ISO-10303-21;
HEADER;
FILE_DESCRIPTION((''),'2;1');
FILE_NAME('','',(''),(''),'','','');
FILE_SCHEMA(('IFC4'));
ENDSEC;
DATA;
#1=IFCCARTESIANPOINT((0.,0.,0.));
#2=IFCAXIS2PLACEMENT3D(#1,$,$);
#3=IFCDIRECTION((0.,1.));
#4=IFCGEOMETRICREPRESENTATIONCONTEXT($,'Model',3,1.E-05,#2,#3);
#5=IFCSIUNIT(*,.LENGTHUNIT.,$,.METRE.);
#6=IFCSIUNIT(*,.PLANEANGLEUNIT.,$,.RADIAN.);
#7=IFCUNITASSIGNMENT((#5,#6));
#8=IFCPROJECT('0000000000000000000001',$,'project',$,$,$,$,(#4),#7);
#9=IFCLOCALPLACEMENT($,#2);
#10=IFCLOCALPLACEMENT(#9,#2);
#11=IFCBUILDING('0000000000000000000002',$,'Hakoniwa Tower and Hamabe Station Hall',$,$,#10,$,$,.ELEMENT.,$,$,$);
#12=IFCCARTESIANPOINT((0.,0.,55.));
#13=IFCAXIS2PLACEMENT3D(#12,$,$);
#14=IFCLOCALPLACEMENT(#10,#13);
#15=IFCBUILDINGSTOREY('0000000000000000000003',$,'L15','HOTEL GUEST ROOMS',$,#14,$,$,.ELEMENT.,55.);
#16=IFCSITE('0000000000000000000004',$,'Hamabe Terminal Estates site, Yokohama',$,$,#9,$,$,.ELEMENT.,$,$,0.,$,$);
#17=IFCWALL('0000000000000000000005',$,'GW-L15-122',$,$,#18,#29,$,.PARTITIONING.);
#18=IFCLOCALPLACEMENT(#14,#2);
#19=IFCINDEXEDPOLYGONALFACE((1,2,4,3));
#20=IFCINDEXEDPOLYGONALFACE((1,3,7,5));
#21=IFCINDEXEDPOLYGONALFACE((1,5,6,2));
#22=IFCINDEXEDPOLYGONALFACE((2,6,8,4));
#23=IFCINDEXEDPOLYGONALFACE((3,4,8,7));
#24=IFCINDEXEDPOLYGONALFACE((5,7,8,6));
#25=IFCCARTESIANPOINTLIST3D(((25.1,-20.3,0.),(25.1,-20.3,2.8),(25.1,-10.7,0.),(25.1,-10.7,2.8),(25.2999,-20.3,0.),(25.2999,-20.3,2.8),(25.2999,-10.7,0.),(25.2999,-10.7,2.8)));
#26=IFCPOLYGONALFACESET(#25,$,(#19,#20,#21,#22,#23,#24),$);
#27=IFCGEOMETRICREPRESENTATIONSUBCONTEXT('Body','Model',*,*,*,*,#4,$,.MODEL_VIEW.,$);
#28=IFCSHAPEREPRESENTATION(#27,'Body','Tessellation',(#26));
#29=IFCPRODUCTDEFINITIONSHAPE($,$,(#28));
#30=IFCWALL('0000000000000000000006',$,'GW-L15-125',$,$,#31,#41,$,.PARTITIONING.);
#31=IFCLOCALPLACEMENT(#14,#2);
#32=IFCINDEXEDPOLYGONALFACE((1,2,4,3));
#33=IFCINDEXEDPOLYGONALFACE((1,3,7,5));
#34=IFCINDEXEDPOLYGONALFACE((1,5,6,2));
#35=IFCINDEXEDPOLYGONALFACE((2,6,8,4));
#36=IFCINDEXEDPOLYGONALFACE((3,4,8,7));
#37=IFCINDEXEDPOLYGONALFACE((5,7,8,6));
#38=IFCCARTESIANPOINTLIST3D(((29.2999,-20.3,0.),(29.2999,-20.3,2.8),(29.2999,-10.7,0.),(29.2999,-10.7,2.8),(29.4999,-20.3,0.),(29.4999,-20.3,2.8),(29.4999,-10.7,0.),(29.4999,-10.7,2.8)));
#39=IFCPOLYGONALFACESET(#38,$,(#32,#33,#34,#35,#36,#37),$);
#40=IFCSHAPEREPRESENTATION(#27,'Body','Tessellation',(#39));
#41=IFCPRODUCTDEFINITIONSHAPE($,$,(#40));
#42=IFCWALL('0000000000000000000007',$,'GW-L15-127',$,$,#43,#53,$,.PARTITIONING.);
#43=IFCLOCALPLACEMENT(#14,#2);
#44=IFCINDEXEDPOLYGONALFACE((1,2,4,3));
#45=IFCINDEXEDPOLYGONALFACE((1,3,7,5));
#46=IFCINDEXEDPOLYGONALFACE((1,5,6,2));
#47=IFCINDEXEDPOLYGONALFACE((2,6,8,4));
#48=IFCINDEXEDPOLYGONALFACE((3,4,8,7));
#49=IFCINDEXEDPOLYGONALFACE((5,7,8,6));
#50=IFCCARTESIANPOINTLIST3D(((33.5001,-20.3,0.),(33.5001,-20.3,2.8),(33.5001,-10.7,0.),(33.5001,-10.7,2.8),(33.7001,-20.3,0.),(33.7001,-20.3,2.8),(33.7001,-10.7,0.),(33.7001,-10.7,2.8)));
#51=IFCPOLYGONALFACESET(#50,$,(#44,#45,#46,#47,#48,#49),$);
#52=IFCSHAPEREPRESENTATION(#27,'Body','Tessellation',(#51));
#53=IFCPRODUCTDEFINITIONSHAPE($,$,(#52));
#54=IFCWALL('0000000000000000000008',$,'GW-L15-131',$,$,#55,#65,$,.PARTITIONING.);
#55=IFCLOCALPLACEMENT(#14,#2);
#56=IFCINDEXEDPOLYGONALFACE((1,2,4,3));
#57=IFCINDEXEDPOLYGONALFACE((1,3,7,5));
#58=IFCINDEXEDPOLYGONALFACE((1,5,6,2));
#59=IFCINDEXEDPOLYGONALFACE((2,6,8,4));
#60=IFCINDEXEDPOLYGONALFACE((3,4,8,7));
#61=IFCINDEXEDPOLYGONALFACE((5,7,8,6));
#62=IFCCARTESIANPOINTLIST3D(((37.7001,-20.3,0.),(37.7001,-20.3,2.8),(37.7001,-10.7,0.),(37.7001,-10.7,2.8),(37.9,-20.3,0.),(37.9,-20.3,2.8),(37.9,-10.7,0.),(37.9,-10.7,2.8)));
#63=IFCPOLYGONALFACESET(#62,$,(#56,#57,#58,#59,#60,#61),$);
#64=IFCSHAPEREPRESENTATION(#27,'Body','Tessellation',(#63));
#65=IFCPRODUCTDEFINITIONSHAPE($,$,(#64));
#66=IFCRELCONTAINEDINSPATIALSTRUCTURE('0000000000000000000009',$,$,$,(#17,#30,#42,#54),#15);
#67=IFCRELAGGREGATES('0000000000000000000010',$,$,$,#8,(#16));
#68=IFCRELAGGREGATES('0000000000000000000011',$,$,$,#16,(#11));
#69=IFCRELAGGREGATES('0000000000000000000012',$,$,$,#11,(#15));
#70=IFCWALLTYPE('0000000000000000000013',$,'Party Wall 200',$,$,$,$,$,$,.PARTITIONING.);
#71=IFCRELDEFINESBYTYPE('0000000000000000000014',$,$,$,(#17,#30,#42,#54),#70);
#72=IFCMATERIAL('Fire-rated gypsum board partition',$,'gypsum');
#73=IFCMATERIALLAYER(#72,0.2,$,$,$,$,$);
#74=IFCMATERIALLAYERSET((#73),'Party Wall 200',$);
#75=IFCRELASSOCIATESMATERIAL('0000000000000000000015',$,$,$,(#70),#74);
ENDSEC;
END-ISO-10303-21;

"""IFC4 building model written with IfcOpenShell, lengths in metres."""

from ifc_helpers import new_model, si_unit, direction, frame, frame_2d, origin, place, context, subcontext, project, spatial, rectangle, extrude, material, layer, layer_set, type_object, element, save


model = new_model("IFC4")

# Units and contexts
model_context = context("Model", 3, precision=1e-05, world=origin(), true_north=direction((0.0, 1.0)))
body_context = subcontext(model_context, "Body", "Model", "MODEL_VIEW")
ifc_project = project(units=[si_unit("LENGTHUNIT", "METRE"), si_unit("PLANEANGLEUNIT", "RADIAN")], contexts=[model_context])

# Site, building, storey
site_placement = place(None, origin())
site = spatial("IfcSite", under=ifc_project, at=site_placement, Name="Hamabe Terminal Estates site, Yokohama", CompositionType="ELEMENT", RefElevation=0.0)
building_placement = place(site_placement, origin())
building = spatial("IfcBuilding", under=site, at=building_placement, Name="Hakoniwa Tower and Hamabe Station Hall", CompositionType="ELEMENT")
storey_placement = place(building_placement, frame((0.0, 0.0, 55.0)))
storey = spatial("IfcBuildingStorey", under=building, at=storey_placement, Name="L15", Description="HOTEL GUEST ROOMS", CompositionType="ELEMENT", Elevation=55.0)

# Walls
ifc_material_1 = material(Name="Fire-rated gypsum board partition", Category="gypsum")
ifc_layer_1 = layer(ifc_material_1, 0.2)
ifc_layer_set_1 = layer_set([ifc_layer_1], Name="Party Wall 200")
wall_type_1 = type_object("IfcWallType", Name="Party Wall 200", PredefinedType="PARTITIONING", material=ifc_layer_set_1)
for number, where, z_axis, x_axis, name in (
    (1, (25.2, -20.3, 0.0), (0.0, 0.0, 1.0), (0.0, 1.0, 0.0), "GW-L15-122"),
    (2, (29.3999, -20.3, 0.0), (0.0, 0.0, 1.0), (0.0, 1.0, 0.0), "GW-L15-125"),
    (3, (33.6001, -20.3, 0.0), (0.0, 0.0, 1.0), (0.0, 1.0, 0.0), "GW-L15-127"),
    (4, (37.8, -20.3, 0.0), (0.0, 0.0, 1.0), (0.0, 1.0, 0.0), "GW-L15-131"),
):
    element("IfcWall", number, at=place(storey_placement, frame(where, z_axis=z_axis, x_axis=x_axis)), inside=storey, type_object=wall_type_1, Name=name, PredefinedType="PARTITIONING", context=body_context, shape_type="SweptSolid", body=[
        extrude(rectangle(XDim=9.6001, YDim=0.2, at=frame_2d((4.8, 0.0))), origin(), (0.0, 0.0, 1.0), 2.8),
    ])

save(model, "model.ifc")
